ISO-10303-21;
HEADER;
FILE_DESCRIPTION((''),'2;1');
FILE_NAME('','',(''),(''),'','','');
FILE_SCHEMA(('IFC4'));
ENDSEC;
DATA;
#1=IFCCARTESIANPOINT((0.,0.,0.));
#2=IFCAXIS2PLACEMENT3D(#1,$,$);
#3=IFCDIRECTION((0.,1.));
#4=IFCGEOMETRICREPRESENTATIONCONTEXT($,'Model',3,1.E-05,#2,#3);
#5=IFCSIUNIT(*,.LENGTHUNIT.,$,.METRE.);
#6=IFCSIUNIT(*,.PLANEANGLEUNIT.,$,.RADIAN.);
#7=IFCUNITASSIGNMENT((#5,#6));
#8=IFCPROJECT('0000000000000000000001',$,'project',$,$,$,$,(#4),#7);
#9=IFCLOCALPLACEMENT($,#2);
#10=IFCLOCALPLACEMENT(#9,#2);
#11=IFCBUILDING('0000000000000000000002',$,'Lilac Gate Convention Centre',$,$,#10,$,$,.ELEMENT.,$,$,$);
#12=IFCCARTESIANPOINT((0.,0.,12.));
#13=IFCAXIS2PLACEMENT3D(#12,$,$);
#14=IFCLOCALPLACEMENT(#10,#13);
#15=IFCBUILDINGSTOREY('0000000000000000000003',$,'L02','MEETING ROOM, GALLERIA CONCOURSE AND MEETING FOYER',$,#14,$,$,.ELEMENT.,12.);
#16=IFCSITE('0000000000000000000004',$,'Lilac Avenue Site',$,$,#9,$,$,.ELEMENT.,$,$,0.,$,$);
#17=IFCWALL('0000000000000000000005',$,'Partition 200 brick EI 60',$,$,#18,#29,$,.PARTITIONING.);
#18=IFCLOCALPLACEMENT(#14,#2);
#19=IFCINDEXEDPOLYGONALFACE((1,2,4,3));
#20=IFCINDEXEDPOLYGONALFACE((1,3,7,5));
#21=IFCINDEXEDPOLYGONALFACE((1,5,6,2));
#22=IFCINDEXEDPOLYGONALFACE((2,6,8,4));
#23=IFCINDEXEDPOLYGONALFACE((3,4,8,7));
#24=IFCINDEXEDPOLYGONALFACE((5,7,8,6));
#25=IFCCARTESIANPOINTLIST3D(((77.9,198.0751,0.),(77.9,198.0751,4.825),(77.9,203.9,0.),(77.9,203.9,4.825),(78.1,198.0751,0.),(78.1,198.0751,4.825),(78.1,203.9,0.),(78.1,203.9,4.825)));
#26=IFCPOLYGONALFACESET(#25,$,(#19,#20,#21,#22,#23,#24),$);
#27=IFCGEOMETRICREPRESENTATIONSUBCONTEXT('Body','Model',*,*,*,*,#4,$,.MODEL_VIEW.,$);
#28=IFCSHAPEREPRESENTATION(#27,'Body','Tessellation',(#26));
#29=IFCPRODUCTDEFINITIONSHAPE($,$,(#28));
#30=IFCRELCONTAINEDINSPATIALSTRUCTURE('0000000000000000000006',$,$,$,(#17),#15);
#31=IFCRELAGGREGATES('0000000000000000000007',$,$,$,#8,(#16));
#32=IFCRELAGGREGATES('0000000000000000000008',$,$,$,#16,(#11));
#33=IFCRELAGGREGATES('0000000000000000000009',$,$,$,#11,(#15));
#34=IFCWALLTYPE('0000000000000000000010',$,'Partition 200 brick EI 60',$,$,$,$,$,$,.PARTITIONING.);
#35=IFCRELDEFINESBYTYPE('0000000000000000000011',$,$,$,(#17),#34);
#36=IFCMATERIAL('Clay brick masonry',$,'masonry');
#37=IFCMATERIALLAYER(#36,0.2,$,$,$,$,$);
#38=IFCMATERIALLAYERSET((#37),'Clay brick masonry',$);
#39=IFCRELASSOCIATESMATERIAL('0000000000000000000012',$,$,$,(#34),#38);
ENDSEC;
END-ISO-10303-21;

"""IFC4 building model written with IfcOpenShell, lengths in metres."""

from ifc_helpers import new_model, si_unit, direction, frame, frame_2d, origin, place, context, subcontext, project, spatial, rectangle, extrude, material, layer, layer_set, type_object, element, save


model = new_model("IFC4")

# Units and contexts
model_context = context("Model", 3, precision=1e-05, world=origin(), true_north=direction((0.0, 1.0)))
body_context = subcontext(model_context, "Body", "Model", "MODEL_VIEW")
ifc_project = project(units=[si_unit("LENGTHUNIT", "METRE"), si_unit("PLANEANGLEUNIT", "RADIAN")], contexts=[model_context])

# Site, building, storey
site_placement = place(None, origin())
site = spatial("IfcSite", under=ifc_project, at=site_placement, Name="Lilac Avenue Site", CompositionType="ELEMENT", RefElevation=0.0)
building_placement = place(site_placement, origin())
building = spatial("IfcBuilding", under=site, at=building_placement, Name="Lilac Gate Convention Centre", CompositionType="ELEMENT")
storey_placement = place(building_placement, frame((0.0, 0.0, 12.0)))
storey = spatial("IfcBuildingStorey", under=building, at=storey_placement, Name="L02", Description="MEETING ROOM, GALLERIA CONCOURSE AND MEETING FOYER", CompositionType="ELEMENT", Elevation=12.0)

# Wall
ifc_material_1 = material(Name="Clay brick masonry", Category="masonry")
ifc_layer_1 = layer(ifc_material_1, 0.2)
ifc_layer_set_1 = layer_set([ifc_layer_1], Name="Clay brick masonry")
wall_type_1 = type_object("IfcWallType", Name="Partition 200 brick EI 60", PredefinedType="PARTITIONING", material=ifc_layer_set_1)
wall_placement = place(storey_placement, frame((78.0, 198.075, 0.0), z_axis=(0.0, 0.0, 1.0), x_axis=(0.0, 1.0, 0.0)))
element("IfcWall", 1, at=wall_placement, inside=storey, type_object=wall_type_1, Name="Partition 200 brick EI 60", PredefinedType="PARTITIONING", context=body_context, shape_type="SweptSolid", body=[
    extrude(rectangle(XDim=5.825, YDim=0.2, at=frame_2d((2.9126, 0.0))), origin(), (0.0, 0.0, 1.0), 4.825),
])

save(model, "model.ifc")
